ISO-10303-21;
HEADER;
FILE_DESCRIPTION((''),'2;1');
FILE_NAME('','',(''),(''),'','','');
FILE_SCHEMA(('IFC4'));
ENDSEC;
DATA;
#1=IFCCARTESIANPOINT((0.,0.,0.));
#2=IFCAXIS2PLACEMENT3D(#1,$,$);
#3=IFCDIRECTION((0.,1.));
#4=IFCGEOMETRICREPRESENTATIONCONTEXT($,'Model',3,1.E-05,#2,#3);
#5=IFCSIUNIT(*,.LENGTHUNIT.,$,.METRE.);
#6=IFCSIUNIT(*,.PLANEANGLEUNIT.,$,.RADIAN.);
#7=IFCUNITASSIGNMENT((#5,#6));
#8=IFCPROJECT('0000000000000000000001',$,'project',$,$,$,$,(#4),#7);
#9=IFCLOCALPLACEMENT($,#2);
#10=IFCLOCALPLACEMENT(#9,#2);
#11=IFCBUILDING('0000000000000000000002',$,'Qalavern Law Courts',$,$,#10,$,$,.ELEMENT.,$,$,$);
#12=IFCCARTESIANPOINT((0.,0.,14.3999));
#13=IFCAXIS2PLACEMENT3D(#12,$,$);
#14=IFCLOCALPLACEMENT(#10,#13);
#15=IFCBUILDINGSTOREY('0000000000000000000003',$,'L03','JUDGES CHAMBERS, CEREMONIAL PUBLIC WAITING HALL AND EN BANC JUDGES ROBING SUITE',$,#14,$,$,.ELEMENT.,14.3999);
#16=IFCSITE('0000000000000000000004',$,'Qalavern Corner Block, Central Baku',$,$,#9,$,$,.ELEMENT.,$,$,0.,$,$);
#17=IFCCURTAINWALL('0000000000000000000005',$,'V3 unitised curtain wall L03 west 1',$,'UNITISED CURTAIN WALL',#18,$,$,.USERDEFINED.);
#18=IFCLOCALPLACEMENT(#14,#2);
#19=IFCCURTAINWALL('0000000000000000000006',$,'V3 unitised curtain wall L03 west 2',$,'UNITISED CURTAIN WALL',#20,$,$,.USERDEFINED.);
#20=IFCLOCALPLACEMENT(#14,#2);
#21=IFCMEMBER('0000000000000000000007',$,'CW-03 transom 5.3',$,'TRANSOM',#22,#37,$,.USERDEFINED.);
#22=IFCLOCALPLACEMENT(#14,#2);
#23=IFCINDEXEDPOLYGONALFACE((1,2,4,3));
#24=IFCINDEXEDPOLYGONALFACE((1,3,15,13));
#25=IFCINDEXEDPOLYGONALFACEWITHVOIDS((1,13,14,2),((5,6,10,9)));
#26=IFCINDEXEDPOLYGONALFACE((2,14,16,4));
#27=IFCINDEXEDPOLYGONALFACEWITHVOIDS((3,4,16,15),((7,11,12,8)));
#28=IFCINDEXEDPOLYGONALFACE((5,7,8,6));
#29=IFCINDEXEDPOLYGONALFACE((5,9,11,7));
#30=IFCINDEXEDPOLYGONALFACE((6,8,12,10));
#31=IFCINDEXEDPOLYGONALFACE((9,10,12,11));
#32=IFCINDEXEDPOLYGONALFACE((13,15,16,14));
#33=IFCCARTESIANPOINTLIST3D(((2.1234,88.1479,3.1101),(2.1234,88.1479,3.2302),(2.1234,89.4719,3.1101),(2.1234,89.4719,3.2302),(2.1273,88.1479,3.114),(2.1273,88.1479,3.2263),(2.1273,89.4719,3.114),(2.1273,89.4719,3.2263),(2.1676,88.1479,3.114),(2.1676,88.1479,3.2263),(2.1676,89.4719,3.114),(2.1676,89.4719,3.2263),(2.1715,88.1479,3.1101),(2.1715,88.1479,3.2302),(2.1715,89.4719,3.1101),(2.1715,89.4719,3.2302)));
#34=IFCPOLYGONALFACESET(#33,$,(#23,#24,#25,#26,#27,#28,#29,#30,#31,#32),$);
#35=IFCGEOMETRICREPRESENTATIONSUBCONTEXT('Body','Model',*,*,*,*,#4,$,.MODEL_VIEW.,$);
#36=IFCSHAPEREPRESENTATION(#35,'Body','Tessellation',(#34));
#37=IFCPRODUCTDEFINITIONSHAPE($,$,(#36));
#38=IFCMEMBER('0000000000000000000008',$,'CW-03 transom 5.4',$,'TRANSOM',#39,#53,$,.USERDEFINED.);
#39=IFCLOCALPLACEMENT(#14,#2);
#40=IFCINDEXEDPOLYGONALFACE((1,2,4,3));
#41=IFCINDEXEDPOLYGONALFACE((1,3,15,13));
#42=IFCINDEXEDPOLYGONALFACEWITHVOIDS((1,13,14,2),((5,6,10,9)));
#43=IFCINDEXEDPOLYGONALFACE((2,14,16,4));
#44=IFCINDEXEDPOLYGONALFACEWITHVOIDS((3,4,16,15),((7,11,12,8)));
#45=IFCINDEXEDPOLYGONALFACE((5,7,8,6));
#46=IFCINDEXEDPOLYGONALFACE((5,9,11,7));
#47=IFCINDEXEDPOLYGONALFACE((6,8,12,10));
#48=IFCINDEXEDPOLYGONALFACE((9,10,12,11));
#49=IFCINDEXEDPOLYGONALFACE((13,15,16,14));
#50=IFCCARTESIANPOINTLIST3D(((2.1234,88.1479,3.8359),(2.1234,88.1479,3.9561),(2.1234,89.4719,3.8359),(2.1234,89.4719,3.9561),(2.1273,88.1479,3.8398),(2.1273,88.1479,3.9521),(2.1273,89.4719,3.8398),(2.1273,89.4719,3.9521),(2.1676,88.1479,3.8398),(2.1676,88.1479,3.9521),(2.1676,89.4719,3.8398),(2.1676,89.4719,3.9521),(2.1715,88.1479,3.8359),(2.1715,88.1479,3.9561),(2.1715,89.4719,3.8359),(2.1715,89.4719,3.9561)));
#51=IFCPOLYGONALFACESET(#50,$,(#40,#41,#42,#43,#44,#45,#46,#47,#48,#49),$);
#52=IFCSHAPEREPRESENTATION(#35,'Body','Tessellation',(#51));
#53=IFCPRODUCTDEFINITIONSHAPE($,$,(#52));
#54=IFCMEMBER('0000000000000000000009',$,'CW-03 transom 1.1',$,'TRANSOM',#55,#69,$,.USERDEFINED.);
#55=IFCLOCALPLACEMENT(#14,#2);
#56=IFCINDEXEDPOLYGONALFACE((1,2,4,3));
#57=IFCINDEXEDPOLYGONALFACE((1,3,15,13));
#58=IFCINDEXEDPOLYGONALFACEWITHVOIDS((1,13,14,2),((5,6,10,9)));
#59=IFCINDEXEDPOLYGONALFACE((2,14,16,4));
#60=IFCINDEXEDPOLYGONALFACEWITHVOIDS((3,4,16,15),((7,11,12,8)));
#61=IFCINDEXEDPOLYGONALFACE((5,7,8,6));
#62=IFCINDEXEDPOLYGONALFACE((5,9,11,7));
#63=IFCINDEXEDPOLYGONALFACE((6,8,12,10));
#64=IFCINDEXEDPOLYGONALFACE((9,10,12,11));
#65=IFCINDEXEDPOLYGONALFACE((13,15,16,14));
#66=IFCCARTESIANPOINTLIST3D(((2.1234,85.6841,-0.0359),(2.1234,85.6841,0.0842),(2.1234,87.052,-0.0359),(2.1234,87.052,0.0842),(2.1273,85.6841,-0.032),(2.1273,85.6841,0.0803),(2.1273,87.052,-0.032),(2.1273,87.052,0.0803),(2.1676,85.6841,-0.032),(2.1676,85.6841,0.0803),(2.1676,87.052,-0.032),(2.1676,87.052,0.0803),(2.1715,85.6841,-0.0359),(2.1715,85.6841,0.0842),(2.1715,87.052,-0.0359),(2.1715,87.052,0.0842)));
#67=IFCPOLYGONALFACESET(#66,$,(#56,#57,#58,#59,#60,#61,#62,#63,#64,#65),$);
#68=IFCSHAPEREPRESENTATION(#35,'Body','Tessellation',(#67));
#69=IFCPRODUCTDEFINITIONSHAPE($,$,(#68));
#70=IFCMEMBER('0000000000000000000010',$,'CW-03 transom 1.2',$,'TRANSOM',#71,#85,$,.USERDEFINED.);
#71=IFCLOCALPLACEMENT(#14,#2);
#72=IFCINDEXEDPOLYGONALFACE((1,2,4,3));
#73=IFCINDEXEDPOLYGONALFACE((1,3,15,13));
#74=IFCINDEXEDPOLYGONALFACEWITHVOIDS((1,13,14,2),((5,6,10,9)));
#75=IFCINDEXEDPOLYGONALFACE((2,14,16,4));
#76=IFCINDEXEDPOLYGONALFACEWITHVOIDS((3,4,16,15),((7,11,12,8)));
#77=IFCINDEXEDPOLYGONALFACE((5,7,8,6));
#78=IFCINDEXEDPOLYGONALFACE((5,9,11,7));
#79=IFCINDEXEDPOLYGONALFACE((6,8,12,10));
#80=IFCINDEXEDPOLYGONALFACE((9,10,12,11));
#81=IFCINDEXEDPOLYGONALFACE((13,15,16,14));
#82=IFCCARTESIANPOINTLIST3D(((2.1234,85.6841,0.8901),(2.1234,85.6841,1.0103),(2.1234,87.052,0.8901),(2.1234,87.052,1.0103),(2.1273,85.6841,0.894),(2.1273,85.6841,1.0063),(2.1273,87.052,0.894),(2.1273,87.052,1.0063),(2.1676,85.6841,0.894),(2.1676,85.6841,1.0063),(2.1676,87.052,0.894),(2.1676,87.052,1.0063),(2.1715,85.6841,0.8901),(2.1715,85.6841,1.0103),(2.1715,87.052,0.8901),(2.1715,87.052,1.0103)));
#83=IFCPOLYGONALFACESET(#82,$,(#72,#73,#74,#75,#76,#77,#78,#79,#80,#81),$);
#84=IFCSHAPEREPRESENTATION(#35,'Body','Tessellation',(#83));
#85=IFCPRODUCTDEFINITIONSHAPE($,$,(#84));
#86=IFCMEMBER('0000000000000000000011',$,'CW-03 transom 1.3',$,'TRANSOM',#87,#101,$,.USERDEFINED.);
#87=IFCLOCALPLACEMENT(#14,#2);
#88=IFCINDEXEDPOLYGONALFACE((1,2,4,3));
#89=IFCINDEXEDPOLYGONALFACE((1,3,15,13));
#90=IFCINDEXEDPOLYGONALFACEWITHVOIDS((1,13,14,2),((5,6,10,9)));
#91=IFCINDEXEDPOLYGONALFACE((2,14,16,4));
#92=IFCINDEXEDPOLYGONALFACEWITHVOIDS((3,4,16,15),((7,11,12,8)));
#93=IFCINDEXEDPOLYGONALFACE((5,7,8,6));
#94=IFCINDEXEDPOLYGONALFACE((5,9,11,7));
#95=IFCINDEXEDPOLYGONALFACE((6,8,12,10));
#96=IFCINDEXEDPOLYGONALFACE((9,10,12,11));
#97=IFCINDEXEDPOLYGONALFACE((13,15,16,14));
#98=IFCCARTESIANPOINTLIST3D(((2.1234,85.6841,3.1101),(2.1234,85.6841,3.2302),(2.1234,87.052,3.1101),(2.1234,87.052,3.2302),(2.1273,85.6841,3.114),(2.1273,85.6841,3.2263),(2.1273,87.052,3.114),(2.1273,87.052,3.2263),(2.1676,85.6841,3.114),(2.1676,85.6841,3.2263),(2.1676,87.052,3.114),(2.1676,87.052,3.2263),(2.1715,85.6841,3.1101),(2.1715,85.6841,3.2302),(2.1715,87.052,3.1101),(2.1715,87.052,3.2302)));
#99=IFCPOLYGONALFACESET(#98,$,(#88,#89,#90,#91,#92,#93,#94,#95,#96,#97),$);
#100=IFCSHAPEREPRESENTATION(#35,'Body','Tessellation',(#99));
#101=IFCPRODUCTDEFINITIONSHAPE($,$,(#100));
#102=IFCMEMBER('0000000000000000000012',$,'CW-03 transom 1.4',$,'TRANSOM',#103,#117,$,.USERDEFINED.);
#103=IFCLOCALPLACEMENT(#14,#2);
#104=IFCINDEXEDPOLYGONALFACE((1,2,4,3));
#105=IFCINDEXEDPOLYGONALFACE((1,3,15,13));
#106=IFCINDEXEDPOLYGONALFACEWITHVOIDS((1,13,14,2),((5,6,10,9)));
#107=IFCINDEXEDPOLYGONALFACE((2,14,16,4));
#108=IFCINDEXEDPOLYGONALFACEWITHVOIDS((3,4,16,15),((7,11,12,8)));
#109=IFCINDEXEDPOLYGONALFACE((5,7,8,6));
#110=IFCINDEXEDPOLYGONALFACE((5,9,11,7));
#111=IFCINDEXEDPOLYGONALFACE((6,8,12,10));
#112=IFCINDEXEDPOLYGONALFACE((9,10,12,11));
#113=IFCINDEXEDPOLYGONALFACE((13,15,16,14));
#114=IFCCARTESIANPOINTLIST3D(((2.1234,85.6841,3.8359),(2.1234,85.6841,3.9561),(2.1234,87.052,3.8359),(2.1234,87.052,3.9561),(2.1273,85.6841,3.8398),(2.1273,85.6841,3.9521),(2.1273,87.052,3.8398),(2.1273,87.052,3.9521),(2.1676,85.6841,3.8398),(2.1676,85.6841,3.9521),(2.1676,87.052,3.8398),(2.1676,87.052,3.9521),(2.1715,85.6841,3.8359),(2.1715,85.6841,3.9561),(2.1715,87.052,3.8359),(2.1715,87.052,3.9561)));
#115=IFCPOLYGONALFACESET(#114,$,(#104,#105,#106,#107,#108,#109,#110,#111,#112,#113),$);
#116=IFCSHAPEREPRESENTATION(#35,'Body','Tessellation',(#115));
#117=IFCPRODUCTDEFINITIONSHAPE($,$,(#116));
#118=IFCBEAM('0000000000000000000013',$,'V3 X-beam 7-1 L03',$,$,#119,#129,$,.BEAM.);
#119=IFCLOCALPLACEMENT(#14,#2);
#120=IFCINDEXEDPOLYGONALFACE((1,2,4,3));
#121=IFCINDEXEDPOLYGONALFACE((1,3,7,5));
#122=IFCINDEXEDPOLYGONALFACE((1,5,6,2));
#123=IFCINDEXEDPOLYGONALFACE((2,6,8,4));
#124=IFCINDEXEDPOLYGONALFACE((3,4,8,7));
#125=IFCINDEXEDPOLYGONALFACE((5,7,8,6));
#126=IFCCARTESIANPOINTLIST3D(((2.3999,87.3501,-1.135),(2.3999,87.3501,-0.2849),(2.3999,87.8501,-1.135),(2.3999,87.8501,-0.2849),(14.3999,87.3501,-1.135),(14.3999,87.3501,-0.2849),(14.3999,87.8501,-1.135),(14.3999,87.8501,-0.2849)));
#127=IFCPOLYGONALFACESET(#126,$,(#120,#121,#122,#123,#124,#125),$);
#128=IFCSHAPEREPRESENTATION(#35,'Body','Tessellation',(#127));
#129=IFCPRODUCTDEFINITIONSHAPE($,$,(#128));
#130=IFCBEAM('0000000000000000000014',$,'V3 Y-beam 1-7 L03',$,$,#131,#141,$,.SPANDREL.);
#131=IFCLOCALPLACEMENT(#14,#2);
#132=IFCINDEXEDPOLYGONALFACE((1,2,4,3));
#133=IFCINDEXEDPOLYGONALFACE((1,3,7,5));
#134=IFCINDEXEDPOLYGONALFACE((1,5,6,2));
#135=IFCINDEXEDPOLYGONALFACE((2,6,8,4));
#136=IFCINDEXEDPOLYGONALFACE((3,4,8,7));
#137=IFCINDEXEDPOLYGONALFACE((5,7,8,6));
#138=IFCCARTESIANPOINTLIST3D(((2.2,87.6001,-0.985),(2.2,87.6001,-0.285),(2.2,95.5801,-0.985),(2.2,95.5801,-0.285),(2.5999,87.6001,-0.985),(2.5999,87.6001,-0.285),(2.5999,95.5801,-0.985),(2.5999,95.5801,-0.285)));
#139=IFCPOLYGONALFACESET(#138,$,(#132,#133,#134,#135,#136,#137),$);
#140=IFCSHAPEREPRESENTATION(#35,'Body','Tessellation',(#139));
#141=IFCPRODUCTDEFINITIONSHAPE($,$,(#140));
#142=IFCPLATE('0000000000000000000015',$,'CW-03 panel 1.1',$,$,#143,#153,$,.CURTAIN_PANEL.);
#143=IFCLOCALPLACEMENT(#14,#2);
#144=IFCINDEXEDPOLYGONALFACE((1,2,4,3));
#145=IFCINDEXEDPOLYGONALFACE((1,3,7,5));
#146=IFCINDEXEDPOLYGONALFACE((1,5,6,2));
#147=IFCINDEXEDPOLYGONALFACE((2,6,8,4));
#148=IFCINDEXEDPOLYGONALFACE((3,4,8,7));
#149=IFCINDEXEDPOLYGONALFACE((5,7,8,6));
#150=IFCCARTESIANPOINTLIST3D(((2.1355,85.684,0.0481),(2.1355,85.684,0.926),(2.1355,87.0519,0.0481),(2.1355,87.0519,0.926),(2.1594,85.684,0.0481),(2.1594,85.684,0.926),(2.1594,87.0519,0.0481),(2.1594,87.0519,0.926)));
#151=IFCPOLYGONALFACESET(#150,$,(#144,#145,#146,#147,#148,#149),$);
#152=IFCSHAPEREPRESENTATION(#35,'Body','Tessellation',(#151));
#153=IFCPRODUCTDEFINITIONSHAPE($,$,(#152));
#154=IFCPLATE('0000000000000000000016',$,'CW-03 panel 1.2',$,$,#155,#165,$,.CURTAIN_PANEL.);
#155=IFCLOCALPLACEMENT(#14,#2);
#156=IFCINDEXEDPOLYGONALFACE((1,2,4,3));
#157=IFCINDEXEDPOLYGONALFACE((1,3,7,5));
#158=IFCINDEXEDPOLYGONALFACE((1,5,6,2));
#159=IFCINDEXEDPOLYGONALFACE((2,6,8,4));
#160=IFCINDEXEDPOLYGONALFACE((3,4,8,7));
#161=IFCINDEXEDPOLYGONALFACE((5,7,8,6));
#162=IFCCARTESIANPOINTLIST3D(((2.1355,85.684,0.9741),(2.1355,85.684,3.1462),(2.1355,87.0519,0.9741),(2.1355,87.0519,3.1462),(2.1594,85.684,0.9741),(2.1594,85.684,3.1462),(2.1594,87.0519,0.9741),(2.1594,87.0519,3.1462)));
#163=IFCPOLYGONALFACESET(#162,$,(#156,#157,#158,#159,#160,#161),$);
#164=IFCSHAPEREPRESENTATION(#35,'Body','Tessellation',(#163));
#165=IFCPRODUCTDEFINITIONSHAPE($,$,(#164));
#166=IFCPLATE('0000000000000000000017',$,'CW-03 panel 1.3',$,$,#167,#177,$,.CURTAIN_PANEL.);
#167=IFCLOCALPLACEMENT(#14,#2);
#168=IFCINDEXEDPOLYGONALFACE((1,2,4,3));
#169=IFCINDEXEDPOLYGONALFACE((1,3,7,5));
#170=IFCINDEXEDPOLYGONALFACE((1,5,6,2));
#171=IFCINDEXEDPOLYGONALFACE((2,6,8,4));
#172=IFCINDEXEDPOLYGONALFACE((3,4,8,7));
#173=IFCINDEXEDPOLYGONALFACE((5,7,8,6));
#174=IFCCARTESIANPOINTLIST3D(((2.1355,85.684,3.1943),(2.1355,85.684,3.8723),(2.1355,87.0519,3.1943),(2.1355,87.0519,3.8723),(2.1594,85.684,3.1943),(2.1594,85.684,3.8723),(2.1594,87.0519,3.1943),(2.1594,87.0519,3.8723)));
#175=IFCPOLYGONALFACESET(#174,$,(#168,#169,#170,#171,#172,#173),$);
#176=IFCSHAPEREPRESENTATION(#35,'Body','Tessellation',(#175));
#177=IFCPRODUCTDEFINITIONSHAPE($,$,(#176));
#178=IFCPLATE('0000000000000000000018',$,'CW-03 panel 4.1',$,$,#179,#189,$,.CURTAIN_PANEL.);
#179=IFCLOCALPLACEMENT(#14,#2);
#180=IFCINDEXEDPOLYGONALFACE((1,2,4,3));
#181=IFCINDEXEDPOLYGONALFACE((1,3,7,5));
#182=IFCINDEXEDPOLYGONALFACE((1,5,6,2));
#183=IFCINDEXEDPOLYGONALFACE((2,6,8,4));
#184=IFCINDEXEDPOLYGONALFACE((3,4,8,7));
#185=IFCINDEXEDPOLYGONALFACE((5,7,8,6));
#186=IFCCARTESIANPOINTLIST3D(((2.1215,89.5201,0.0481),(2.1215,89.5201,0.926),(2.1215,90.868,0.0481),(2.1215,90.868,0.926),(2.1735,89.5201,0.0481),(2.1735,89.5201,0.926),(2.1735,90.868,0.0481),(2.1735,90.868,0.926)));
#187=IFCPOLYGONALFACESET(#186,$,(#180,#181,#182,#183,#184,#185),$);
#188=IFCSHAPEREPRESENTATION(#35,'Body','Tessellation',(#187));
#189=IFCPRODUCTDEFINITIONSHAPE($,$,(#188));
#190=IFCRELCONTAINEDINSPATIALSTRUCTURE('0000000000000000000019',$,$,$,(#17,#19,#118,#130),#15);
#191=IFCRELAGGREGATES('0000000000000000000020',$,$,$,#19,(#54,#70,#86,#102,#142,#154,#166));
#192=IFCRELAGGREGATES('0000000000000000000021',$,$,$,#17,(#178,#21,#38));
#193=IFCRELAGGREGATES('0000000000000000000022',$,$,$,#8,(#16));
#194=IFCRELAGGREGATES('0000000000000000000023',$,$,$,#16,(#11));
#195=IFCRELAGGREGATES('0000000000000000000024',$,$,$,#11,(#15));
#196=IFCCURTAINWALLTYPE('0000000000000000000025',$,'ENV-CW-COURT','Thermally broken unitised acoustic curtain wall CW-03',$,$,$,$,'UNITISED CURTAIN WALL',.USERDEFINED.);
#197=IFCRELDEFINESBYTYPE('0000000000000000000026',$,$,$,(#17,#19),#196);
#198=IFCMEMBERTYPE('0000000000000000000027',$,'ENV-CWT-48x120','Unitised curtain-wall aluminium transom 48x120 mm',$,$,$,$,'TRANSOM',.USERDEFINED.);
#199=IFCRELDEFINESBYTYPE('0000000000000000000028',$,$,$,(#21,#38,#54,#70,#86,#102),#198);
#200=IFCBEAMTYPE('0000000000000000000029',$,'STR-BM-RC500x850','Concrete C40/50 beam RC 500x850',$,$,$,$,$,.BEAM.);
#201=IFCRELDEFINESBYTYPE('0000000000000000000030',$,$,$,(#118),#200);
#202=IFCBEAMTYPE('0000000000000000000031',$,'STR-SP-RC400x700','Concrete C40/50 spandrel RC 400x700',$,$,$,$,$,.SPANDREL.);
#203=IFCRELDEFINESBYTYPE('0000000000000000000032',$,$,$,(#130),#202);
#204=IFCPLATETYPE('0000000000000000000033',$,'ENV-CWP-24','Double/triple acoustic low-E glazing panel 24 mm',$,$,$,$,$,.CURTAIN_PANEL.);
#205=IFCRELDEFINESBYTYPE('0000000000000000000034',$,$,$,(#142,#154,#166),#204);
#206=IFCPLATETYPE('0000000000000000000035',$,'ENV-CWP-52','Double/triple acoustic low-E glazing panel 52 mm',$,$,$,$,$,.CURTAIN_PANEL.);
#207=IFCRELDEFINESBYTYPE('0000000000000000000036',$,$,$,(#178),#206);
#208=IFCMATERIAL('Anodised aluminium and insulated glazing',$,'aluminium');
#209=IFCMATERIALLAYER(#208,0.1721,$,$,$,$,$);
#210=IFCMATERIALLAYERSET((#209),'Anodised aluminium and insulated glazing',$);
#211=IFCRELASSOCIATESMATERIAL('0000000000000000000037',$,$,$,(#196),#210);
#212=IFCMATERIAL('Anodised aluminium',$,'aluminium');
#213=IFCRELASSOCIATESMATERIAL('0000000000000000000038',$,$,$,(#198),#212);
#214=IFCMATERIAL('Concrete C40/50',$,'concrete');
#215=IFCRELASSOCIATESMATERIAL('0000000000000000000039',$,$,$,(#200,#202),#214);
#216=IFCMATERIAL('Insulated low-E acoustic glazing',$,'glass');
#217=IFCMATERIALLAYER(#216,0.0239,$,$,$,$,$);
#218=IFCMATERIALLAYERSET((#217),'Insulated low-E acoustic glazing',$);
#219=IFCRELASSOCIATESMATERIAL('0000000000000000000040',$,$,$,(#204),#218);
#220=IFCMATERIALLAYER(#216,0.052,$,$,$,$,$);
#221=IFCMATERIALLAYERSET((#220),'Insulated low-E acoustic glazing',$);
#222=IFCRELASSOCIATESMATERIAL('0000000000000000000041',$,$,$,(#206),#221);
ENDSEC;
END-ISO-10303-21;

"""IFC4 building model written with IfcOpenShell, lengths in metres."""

from ifc_helpers import new_model, si_unit, direction, frame, origin, origin_2d, place, context, subcontext, project, spatial, rectangle, hollow_rectangle, extrude, material, layer, layer_set, material_profile, profile_set, type_object, element, aggregate, save


model = new_model("IFC4")

# Units and contexts
model_context = context("Model", 3, precision=1e-05, world=origin(), true_north=direction((0.0, 1.0)))
body_context = subcontext(model_context, "Body", "Model", "MODEL_VIEW")
ifc_project = project(units=[si_unit("LENGTHUNIT", "METRE"), si_unit("PLANEANGLEUNIT", "RADIAN")], contexts=[model_context])

# Site, building, storey
site_placement = place(None, origin())
site = spatial("IfcSite", under=ifc_project, at=site_placement, Name="Qalavern Corner Block, Central Baku", CompositionType="ELEMENT", RefElevation=0.0)
building_placement = place(site_placement, origin())
building = spatial("IfcBuilding", under=site, at=building_placement, Name="Qalavern Law Courts", CompositionType="ELEMENT")
storey_placement = place(building_placement, frame((0.0, 0.0, 14.3999)))
storey = spatial("IfcBuildingStorey", under=building, at=storey_placement, Name="L03", Description="JUDGES CHAMBERS, CEREMONIAL PUBLIC WAITING HALL AND EN BANC JUDGES ROBING SUITE", CompositionType="ELEMENT", Elevation=14.3999)

# Curtain wall
ifc_material_1 = material(Name="Anodised aluminium and insulated glazing", Category="aluminium")
ifc_layer_1 = layer(ifc_material_1, 0.1721)
ifc_layer_set_1 = layer_set([ifc_layer_1], Name="Anodised aluminium and insulated glazing")
curtain_wall_type = type_object("IfcCurtainWallType", Name="ENV-CW-COURT", Description="Thermally broken unitised acoustic curtain wall CW-03", ElementType="UNITISED CURTAIN WALL", PredefinedType="USERDEFINED", material=ifc_layer_set_1)
curtain_wall_1_placement = place(storey_placement, origin())
curtain_wall_1 = element("IfcCurtainWall", 1, at=curtain_wall_1_placement, inside=storey, type_object=curtain_wall_type, Name="V3 unitised curtain wall L03 west 1", ObjectType="UNITISED CURTAIN WALL", PredefinedType="USERDEFINED")
ifc_material_2 = material(Name="Anodised aluminium", Category="aluminium")

# Curtain wall
curtain_wall_2_placement = place(storey_placement, origin())
curtain_wall_2 = element("IfcCurtainWall", 2, at=curtain_wall_2_placement, inside=storey, type_object=curtain_wall_type, Name="V3 unitised curtain wall L03 west 2", ObjectType="UNITISED CURTAIN WALL", PredefinedType="USERDEFINED")

# Members
ifc_material_profile_1 = material_profile(ifc_material_2, hollow_rectangle(XDim=0.0481, YDim=0.1201, WallThickness=0.0039, at=origin_2d()), Name="ALU TRANSOM 48x120")
ifc_profile_set_1 = profile_set([ifc_material_profile_1], Name="Anodised aluminium")
member_type_1 = type_object("IfcMemberType", Name="ENV-CWT-48x120", Description="Unitised curtain-wall aluminium transom 48x120 mm", ElementType="TRANSOM", PredefinedType="USERDEFINED", material=ifc_profile_set_1)
member_1_placement = place(storey_placement, frame((2.1475, 89.4719, 3.1702), z_axis=(0.0, -1.0, 0.0), x_axis=(1.0, 0.0, 0.0)))
member_1 = element("IfcMember", 3, at=member_1_placement, type_object=member_type_1, Name="CW-03 transom 5.3", ObjectType="TRANSOM", PredefinedType="USERDEFINED", context=body_context, shape_type="SweptSolid", body=[
    extrude(hollow_rectangle(XDim=0.0481, YDim=0.1201, WallThickness=0.0039, at=origin_2d()), origin(), (0.0, 0.0, 1.0), 1.324),
])
member_2_placement = place(storey_placement, frame((2.1475, 89.4719, 3.896), z_axis=(0.0, -1.0, 0.0), x_axis=(1.0, 0.0, 0.0)))
member_2 = element("IfcMember", 4, at=member_2_placement, type_object=member_type_1, Name="CW-03 transom 5.4", ObjectType="TRANSOM", PredefinedType="USERDEFINED", context=body_context, shape_type="SweptSolid", body=[
    extrude(hollow_rectangle(XDim=0.0481, YDim=0.1201, WallThickness=0.0039, at=origin_2d()), origin(), (0.0, 0.0, 1.0), 1.324),
])
member_3_placement = place(storey_placement, frame((2.1475, 87.052, 0.0242), z_axis=(0.0, -1.0, 0.0), x_axis=(1.0, 0.0, 0.0)))
member_3 = element("IfcMember", 5, at=member_3_placement, type_object=member_type_1, Name="CW-03 transom 1.1", ObjectType="TRANSOM", PredefinedType="USERDEFINED", context=body_context, shape_type="SweptSolid", body=[
    extrude(hollow_rectangle(XDim=0.0481, YDim=0.1201, WallThickness=0.0039, at=origin_2d()), origin(), (0.0, 0.0, 1.0), 1.3679),
])
member_4_placement = place(storey_placement, frame((2.1475, 87.052, 0.9502), z_axis=(0.0, -1.0, 0.0), x_axis=(1.0, 0.0, 0.0)))
member_4 = element("IfcMember", 6, at=member_4_placement, type_object=member_type_1, Name="CW-03 transom 1.2", ObjectType="TRANSOM", PredefinedType="USERDEFINED", context=body_context, shape_type="SweptSolid", body=[
    extrude(hollow_rectangle(XDim=0.0481, YDim=0.1201, WallThickness=0.0039, at=origin_2d()), origin(), (0.0, 0.0, 1.0), 1.3679),
])
member_5_placement = place(storey_placement, frame((2.1475, 87.052, 3.1702), z_axis=(0.0, -1.0, 0.0), x_axis=(1.0, 0.0, 0.0)))
member_5 = element("IfcMember", 7, at=member_5_placement, type_object=member_type_1, Name="CW-03 transom 1.3", ObjectType="TRANSOM", PredefinedType="USERDEFINED", context=body_context, shape_type="SweptSolid", body=[
    extrude(hollow_rectangle(XDim=0.0481, YDim=0.1201, WallThickness=0.0039, at=origin_2d()), origin(), (0.0, 0.0, 1.0), 1.3679),
])
member_6_placement = place(storey_placement, frame((2.1475, 87.052, 3.896), z_axis=(0.0, -1.0, 0.0), x_axis=(1.0, 0.0, 0.0)))
member_6 = element("IfcMember", 8, at=member_6_placement, type_object=member_type_1, Name="CW-03 transom 1.4", ObjectType="TRANSOM", PredefinedType="USERDEFINED", context=body_context, shape_type="SweptSolid", body=[
    extrude(hollow_rectangle(XDim=0.0481, YDim=0.1201, WallThickness=0.0039, at=origin_2d()), origin(), (0.0, 0.0, 1.0), 1.3679),
])

# Beams
ifc_material_3 = material(Name="Concrete C40/50", Category="concrete")
ifc_material_profile_2 = material_profile(ifc_material_3, rectangle(XDim=0.5, YDim=0.8501, at=origin_2d()), Name="RC 500x850")
ifc_profile_set_2 = profile_set([ifc_material_profile_2], Name="Concrete C40/50")
beam_type_1 = type_object("IfcBeamType", Name="STR-BM-RC500x850", Description="Concrete C40/50 beam RC 500x850", PredefinedType="BEAM", material=ifc_profile_set_2)
beam_1_placement = place(storey_placement, frame((2.3999, 87.6001, -0.71), z_axis=(1.0, 0.0, 0.0), x_axis=(0.0, 1.0, 0.0)))
element("IfcBeam", 9, at=beam_1_placement, inside=storey, type_object=beam_type_1, Name="V3 X-beam 7-1 L03", PredefinedType="BEAM", context=body_context, shape_type="SweptSolid", body=[
    extrude(rectangle(XDim=0.5, YDim=0.8501, at=origin_2d()), origin(), (0.0, 0.0, 1.0), 12.0),
])
ifc_material_profile_3 = material_profile(ifc_material_3, rectangle(XDim=0.3999, YDim=0.7, at=origin_2d()), Name="RC 400x700")
ifc_profile_set_3 = profile_set([ifc_material_profile_3], Name="Concrete C40/50")
beam_type_2 = type_object("IfcBeamType", Name="STR-SP-RC400x700", Description="Concrete C40/50 spandrel RC 400x700", PredefinedType="SPANDREL", material=ifc_profile_set_3)
beam_2_placement = place(storey_placement, frame((2.3999, 87.6001, -0.635), z_axis=(0.0, 1.0, 0.0), x_axis=(-1.0, 0.0, 0.0)))
element("IfcBeam", 10, at=beam_2_placement, inside=storey, type_object=beam_type_2, Name="V3 Y-beam 1-7 L03", PredefinedType="SPANDREL", context=body_context, shape_type="SweptSolid", body=[
    extrude(rectangle(XDim=0.3999, YDim=0.7, at=origin_2d()), origin(), (0.0, 0.0, 1.0), 7.98),
])

# Plates
ifc_material_4 = material(Name="Insulated low-E acoustic glazing", Category="glass")
ifc_layer_2 = layer(ifc_material_4, 0.0239)
ifc_layer_set_2 = layer_set([ifc_layer_2], Name="Insulated low-E acoustic glazing")
plate_type_1 = type_object("IfcPlateType", Name="ENV-CWP-24", Description="Double/triple acoustic low-E glazing panel 24 mm", PredefinedType="CURTAIN_PANEL", material=ifc_layer_set_2)
plate_1_placement = place(storey_placement, frame((2.1475, 86.3679, 0.0481), z_axis=(0.0, 0.0, 1.0), x_axis=(0.0, -1.0, 0.0)))
plate_1 = element("IfcPlate", 11, at=plate_1_placement, type_object=plate_type_1, Name="CW-03 panel 1.1", PredefinedType="CURTAIN_PANEL", context=body_context, shape_type="SweptSolid", body=[
    extrude(rectangle(XDim=1.3679, YDim=0.0239, at=origin_2d()), origin(), (0.0, 0.0, 1.0), 0.8779),
])
plate_2_placement = place(storey_placement, frame((2.1475, 86.3679, 0.9741), z_axis=(0.0, 0.0, 1.0), x_axis=(0.0, -1.0, 0.0)))
plate_2 = element("IfcPlate", 12, at=plate_2_placement, type_object=plate_type_1, Name="CW-03 panel 1.2", PredefinedType="CURTAIN_PANEL", context=body_context, shape_type="SweptSolid", body=[
    extrude(rectangle(XDim=1.3679, YDim=0.0239, at=origin_2d()), origin(), (0.0, 0.0, 1.0), 2.1721),
])
plate_3_placement = place(storey_placement, frame((2.1475, 86.3679, 3.1943), z_axis=(0.0, 0.0, 1.0), x_axis=(0.0, -1.0, 0.0)))
plate_3 = element("IfcPlate", 13, at=plate_3_placement, type_object=plate_type_1, Name="CW-03 panel 1.3", PredefinedType="CURTAIN_PANEL", context=body_context, shape_type="SweptSolid", body=[
    extrude(rectangle(XDim=1.3679, YDim=0.0239, at=origin_2d()), origin(), (0.0, 0.0, 1.0), 0.678),
])
aggregate(curtain_wall_2, [member_3, member_4, member_5, member_6, plate_1, plate_2, plate_3])
ifc_layer_3 = layer(ifc_material_4, 0.052)
ifc_layer_set_3 = layer_set([ifc_layer_3], Name="Insulated low-E acoustic glazing")
plate_type_2 = type_object("IfcPlateType", Name="ENV-CWP-52", Description="Double/triple acoustic low-E glazing panel 52 mm", PredefinedType="CURTAIN_PANEL", material=ifc_layer_set_3)
plate_4_placement = place(storey_placement, frame((2.1475, 90.1941, 0.0481), z_axis=(0.0, 0.0, 1.0), x_axis=(0.0, -1.0, 0.0)))
plate_4 = element("IfcPlate", 14, at=plate_4_placement, type_object=plate_type_2, Name="CW-03 panel 4.1", PredefinedType="CURTAIN_PANEL", context=body_context, shape_type="SweptSolid", body=[
    extrude(rectangle(XDim=1.3479, YDim=0.052, at=origin_2d()), origin(), (0.0, 0.0, 1.0), 0.8779),
])
aggregate(curtain_wall_1, [plate_4, member_1, member_2])

save(model, "model.ifc")
